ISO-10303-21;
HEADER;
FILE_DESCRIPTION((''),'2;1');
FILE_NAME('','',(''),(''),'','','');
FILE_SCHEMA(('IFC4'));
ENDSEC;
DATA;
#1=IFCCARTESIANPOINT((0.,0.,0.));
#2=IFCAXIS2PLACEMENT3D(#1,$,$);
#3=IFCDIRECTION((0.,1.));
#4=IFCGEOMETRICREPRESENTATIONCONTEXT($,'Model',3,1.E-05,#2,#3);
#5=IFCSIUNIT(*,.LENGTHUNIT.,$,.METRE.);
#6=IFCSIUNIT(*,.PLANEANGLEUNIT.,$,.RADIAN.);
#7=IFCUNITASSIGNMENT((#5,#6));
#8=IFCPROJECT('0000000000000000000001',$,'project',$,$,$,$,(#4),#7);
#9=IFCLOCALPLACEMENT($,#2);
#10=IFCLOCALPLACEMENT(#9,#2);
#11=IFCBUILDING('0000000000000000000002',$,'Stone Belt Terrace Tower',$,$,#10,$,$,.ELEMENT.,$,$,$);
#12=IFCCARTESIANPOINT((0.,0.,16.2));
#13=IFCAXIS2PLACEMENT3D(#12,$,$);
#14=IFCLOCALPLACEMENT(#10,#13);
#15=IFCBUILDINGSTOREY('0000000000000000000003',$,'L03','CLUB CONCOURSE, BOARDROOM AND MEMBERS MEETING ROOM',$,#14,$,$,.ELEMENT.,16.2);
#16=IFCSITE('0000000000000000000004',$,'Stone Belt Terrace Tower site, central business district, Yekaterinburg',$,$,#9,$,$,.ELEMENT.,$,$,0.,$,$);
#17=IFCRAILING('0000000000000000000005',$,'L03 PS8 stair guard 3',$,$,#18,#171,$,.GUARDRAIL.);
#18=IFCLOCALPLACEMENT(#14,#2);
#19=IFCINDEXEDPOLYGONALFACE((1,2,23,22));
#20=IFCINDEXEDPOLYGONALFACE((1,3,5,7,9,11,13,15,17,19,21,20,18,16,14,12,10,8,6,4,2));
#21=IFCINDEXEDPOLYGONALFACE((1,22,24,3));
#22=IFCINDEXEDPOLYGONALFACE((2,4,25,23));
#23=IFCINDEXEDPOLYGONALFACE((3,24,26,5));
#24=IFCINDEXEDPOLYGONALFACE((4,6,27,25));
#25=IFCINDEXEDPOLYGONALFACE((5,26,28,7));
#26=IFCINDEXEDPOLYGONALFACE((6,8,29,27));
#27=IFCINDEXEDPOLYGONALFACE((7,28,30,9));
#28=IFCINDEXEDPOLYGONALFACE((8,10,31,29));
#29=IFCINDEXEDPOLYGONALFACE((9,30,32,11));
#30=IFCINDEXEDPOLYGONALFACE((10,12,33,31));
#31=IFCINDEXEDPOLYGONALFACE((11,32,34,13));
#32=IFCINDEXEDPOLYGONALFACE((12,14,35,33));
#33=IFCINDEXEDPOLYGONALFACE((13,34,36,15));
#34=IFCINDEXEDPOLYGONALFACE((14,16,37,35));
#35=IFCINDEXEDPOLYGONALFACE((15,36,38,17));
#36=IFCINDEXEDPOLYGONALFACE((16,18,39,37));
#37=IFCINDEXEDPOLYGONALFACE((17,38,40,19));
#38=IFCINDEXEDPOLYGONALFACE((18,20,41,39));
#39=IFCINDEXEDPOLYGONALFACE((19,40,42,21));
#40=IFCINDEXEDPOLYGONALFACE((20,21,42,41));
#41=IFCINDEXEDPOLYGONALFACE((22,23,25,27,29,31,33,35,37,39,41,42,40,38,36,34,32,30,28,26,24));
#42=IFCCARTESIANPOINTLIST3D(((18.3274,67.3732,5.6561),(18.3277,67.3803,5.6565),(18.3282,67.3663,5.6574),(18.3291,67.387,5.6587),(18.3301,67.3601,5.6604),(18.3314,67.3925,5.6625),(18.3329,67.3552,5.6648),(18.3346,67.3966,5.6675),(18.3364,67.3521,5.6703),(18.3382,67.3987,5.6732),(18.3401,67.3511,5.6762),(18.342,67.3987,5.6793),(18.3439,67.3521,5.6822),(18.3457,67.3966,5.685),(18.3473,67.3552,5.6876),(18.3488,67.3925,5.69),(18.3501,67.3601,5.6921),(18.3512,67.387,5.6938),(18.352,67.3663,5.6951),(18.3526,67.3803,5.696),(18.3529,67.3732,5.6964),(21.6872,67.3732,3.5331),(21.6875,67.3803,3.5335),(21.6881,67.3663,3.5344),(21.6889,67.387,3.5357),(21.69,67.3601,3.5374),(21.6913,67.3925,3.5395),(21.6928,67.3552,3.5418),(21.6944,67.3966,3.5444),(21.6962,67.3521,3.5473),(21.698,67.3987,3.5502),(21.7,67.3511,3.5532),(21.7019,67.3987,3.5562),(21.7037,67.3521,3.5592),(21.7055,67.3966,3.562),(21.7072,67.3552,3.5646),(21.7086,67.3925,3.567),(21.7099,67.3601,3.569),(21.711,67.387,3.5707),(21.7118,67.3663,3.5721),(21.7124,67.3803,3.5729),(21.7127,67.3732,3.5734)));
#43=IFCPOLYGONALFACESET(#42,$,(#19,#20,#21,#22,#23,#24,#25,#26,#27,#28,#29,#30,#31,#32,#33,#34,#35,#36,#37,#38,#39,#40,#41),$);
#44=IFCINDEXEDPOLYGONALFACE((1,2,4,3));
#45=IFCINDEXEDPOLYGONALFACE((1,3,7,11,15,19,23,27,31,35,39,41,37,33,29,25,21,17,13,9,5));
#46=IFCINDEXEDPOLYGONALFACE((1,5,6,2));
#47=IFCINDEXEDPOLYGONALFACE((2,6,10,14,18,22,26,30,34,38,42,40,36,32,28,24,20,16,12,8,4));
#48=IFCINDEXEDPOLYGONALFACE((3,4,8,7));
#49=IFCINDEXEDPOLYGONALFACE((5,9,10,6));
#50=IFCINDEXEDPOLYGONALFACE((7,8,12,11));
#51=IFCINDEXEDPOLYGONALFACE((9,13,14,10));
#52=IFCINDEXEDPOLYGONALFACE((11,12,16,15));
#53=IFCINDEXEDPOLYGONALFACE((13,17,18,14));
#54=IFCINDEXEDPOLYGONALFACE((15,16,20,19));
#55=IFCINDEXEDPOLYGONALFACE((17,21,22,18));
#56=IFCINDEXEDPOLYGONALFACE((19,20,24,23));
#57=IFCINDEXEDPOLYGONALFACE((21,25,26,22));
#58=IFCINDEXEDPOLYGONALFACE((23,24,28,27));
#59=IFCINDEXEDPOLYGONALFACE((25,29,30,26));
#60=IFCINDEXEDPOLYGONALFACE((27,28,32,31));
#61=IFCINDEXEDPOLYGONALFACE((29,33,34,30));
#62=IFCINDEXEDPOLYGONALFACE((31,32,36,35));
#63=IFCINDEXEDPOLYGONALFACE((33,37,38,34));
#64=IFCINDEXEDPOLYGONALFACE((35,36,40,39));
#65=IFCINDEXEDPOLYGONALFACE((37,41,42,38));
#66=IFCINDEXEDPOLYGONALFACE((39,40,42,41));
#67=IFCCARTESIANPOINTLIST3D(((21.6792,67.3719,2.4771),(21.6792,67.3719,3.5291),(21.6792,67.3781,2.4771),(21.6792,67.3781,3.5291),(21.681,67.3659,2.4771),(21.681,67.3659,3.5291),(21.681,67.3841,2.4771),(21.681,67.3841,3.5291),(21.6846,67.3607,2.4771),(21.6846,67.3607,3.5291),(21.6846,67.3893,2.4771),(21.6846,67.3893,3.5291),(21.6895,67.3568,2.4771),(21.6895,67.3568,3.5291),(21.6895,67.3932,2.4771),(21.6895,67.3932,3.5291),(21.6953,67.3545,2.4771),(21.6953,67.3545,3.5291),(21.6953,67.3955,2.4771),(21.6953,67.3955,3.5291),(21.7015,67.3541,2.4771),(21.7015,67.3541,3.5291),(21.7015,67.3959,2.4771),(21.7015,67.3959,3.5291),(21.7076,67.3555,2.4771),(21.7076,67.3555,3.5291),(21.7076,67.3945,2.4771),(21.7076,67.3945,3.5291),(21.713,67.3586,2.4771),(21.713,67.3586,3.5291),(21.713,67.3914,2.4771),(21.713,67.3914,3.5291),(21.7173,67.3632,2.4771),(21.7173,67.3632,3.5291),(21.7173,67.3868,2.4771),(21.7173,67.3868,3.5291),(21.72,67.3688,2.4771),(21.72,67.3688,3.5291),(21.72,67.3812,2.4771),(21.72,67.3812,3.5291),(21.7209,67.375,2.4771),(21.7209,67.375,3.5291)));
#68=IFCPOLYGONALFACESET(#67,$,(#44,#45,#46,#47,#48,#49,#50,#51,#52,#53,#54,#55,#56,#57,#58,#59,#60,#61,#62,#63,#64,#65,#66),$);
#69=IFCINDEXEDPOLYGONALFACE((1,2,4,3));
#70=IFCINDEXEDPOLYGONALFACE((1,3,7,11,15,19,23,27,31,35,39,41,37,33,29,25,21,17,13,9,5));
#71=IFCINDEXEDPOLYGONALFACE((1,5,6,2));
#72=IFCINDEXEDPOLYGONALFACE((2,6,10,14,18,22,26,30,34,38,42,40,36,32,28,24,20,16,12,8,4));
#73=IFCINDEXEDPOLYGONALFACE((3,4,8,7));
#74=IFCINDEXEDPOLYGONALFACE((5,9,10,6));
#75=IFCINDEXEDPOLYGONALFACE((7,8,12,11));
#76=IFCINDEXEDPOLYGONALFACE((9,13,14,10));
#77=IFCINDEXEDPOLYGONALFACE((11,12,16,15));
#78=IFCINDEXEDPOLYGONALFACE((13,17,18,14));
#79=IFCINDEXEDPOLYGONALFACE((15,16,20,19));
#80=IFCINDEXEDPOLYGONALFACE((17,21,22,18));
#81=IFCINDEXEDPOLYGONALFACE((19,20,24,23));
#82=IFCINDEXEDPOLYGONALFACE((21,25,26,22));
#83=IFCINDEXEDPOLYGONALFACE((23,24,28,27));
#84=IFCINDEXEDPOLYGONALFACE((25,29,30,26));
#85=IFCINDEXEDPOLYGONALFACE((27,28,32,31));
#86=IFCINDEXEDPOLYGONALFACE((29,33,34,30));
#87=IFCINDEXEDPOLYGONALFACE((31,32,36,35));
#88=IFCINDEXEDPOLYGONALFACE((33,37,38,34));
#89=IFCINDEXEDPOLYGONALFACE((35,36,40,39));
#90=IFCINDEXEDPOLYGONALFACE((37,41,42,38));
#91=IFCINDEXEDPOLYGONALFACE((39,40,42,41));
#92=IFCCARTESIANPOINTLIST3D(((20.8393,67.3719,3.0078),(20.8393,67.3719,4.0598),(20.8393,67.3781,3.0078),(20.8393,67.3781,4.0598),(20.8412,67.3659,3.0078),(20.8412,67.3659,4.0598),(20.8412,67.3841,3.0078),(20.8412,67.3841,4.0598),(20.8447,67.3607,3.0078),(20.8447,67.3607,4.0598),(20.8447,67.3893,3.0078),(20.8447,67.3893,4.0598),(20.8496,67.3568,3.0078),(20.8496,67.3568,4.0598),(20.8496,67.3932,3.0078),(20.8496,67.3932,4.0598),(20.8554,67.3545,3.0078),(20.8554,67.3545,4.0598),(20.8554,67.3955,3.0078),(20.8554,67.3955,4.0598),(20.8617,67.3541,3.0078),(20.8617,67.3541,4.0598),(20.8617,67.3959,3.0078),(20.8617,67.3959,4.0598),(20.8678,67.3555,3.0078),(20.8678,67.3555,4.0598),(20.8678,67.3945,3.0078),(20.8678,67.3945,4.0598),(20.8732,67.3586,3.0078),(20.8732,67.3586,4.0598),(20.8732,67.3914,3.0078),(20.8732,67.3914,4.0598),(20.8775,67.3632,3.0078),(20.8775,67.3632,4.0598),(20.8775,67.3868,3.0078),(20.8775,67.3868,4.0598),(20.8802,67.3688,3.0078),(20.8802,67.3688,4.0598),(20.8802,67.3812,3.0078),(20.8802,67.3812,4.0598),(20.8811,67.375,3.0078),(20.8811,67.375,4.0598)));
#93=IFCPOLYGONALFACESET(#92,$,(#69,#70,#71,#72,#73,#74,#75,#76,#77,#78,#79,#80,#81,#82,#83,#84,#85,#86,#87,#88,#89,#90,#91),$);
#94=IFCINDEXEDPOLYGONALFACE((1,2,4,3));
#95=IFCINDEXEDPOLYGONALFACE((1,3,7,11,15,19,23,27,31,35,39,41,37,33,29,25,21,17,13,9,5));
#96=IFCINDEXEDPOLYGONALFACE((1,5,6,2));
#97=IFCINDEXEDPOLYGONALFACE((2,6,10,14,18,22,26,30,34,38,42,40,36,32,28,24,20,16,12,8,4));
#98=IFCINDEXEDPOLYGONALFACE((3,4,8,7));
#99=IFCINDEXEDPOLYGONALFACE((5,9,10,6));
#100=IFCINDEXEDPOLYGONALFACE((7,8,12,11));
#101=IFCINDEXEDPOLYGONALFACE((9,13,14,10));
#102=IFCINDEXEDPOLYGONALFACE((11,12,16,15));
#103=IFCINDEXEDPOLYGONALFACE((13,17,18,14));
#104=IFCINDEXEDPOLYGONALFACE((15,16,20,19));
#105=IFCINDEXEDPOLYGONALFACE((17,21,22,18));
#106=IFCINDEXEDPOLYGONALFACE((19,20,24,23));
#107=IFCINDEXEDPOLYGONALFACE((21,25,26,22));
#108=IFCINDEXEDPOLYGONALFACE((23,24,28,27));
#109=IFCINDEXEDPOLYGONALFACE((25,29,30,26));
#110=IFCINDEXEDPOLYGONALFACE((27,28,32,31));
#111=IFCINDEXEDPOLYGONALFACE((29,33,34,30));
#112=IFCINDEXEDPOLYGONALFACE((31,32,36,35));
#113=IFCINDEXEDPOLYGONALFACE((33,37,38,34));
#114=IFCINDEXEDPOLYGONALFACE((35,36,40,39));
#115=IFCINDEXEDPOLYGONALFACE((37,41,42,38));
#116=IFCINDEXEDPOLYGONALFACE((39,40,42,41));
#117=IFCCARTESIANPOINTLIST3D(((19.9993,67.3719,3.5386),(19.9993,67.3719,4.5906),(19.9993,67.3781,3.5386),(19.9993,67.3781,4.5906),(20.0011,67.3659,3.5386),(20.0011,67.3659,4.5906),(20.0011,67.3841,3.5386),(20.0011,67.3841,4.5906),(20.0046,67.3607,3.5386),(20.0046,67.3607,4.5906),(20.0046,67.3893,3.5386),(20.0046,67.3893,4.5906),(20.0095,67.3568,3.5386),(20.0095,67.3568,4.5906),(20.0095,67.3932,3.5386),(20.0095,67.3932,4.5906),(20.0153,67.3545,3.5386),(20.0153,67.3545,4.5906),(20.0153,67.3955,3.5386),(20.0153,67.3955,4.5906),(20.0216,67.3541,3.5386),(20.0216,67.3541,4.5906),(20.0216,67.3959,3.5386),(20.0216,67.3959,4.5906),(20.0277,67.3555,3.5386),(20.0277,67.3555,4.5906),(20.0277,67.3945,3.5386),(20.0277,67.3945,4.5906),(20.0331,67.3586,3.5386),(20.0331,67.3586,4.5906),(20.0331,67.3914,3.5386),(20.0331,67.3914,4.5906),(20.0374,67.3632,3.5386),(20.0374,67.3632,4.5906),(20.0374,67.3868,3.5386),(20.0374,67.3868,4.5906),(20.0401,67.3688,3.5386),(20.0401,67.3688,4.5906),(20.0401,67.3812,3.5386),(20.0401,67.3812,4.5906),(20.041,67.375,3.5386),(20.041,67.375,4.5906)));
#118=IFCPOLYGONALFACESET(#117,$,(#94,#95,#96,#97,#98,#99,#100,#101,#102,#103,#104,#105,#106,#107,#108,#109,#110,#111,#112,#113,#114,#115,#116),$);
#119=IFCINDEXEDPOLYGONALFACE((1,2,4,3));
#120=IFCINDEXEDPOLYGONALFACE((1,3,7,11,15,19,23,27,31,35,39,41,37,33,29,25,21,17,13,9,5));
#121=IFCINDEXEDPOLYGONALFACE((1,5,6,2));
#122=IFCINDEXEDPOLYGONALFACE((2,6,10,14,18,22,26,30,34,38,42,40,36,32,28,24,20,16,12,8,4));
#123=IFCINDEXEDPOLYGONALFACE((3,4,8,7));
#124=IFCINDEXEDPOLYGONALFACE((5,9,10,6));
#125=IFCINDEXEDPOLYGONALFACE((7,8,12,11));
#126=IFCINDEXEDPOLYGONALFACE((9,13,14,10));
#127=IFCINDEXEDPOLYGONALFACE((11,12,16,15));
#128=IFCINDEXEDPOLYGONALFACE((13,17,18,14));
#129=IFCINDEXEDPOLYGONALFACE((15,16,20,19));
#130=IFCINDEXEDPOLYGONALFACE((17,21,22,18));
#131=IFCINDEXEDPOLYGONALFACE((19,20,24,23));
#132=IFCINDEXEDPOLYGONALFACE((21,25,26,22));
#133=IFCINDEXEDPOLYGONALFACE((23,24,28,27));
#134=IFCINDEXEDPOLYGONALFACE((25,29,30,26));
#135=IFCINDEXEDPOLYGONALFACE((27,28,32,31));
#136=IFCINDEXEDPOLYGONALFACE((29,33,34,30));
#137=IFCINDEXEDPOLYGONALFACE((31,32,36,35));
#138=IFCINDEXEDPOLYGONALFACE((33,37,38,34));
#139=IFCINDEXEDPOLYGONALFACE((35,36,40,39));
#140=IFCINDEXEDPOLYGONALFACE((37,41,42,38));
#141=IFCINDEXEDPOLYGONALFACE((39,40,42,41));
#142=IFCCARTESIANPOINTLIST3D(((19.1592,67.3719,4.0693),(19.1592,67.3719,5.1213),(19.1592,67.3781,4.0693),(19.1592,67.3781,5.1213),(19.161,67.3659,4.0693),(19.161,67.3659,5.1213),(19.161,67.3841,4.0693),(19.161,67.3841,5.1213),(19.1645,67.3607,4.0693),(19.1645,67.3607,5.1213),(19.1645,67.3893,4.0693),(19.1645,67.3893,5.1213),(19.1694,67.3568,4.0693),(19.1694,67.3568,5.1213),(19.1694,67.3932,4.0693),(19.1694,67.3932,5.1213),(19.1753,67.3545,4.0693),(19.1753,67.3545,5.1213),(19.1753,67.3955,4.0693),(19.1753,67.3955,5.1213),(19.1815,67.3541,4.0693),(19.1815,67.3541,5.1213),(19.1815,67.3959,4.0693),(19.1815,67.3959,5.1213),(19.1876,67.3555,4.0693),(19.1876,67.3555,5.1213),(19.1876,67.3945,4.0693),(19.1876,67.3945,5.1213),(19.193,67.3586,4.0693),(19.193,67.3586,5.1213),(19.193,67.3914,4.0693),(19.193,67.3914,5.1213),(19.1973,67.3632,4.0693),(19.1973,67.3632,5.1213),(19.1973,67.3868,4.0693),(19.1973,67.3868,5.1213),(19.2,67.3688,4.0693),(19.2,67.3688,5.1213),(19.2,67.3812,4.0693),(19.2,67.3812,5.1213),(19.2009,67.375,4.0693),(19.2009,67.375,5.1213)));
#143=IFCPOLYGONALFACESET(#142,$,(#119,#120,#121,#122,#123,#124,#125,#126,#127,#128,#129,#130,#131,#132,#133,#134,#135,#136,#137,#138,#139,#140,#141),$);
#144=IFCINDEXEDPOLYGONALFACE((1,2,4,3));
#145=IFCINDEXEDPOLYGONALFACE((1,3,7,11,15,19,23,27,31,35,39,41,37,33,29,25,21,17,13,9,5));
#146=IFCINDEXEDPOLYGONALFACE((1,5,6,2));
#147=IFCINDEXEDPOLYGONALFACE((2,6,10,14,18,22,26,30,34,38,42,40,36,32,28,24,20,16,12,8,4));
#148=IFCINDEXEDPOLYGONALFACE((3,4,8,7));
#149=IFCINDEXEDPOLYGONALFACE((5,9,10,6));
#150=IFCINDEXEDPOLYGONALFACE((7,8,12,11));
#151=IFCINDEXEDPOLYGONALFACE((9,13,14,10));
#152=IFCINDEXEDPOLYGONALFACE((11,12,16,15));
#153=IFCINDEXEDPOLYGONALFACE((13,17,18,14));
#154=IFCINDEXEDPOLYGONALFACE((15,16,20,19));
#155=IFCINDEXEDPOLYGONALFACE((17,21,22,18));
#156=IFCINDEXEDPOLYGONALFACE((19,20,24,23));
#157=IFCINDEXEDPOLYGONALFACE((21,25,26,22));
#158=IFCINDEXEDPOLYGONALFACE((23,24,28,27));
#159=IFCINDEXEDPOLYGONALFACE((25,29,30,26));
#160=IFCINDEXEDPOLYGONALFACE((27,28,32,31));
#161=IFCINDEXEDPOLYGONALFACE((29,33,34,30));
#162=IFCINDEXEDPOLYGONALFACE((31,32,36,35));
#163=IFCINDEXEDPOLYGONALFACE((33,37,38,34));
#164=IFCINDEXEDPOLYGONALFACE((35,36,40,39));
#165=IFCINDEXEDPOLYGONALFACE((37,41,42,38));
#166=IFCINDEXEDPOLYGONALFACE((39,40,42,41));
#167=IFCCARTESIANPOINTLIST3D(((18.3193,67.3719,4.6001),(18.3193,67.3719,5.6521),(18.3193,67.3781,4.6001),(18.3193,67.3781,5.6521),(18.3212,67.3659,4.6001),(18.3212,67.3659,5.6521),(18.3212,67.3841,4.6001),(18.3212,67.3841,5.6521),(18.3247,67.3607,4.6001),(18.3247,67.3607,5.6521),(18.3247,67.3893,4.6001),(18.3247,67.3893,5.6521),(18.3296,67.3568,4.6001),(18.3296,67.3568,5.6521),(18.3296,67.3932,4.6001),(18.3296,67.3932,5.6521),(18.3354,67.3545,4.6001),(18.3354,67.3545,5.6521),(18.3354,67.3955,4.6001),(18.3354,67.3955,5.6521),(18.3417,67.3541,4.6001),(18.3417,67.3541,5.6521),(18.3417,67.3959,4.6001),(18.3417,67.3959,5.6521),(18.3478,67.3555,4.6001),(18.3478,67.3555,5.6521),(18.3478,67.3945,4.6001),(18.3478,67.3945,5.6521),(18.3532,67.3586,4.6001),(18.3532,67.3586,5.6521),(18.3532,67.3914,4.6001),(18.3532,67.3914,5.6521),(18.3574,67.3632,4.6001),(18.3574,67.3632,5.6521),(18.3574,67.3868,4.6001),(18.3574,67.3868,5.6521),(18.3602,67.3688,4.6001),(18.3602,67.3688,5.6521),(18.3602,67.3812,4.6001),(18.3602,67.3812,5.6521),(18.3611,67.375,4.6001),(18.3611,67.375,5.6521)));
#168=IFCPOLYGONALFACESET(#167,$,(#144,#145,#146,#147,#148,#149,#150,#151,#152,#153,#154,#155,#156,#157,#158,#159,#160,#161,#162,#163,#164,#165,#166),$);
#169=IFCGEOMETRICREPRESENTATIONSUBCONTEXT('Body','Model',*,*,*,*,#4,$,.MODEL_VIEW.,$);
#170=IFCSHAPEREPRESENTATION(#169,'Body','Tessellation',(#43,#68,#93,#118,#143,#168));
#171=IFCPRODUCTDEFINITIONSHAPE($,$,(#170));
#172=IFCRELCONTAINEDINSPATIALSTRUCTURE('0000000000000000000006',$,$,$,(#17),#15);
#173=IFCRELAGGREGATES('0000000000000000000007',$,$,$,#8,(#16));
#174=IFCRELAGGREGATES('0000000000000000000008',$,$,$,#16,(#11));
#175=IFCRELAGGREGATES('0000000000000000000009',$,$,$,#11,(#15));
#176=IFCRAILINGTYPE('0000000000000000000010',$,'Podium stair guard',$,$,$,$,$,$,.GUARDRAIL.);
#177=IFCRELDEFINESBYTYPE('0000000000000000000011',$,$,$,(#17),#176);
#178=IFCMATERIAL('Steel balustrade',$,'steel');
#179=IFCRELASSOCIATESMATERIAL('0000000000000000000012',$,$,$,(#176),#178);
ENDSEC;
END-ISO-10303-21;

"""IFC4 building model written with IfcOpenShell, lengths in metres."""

from ifc_helpers import new_model, si_unit, direction, frame, origin, origin_2d, place, context, subcontext, project, spatial, circle, extrude, material, type_object, element, save


model = new_model("IFC4")

# Units and contexts
model_context = context("Model", 3, precision=1e-05, world=origin(), true_north=direction((0.0, 1.0)))
body_context = subcontext(model_context, "Body", "Model", "MODEL_VIEW")
ifc_project = project(units=[si_unit("LENGTHUNIT", "METRE"), si_unit("PLANEANGLEUNIT", "RADIAN")], contexts=[model_context])

# Site, building, storey
site_placement = place(None, origin())
site = spatial("IfcSite", under=ifc_project, at=site_placement, Name="Stone Belt Terrace Tower site, central business district, Yekaterinburg", CompositionType="ELEMENT", RefElevation=0.0)
building_placement = place(site_placement, origin())
building = spatial("IfcBuilding", under=site, at=building_placement, Name="Stone Belt Terrace Tower", CompositionType="ELEMENT")
storey_placement = place(building_placement, frame((0.0, 0.0, 16.2)))
storey = spatial("IfcBuildingStorey", under=building, at=storey_placement, Name="L03", Description="CLUB CONCOURSE, BOARDROOM AND MEMBERS MEETING ROOM", CompositionType="ELEMENT", Elevation=16.2)

# Railing
ifc_material_1 = material(Name="Steel balustrade", Category="steel")
railing_type_1 = type_object("IfcRailingType", Name="Podium stair guard", PredefinedType="GUARDRAIL", material=ifc_material_1)
railing_1_placement = place(storey_placement, frame((21.7, 67.375, 2.4771)))
element("IfcRailing", 1, at=railing_1_placement, inside=storey, type_object=railing_type_1, Name="L03 PS8 stair guard 3", PredefinedType="GUARDRAIL", context=body_context, shape_type="SweptSolid", body=[
    extrude(circle(Radius=0.0239, at=origin_2d()), frame((0.0, 0.0, 1.0762), z_axis=(-0.845372, 0.0, 0.534178), x_axis=(0.0, -1.0, 0.0)), (0.0, 0.0, 1.0), 3.9744),
    extrude(circle(Radius=0.021, at=origin_2d()), origin(), (0.0, 0.0, 1.0), 1.052),
    extrude(circle(Radius=0.021, at=origin_2d()), frame((-0.8398, 0.0, 0.5308)), (0.0, 0.0, 1.0), 1.052),
    extrude(circle(Radius=0.021, at=origin_2d()), frame((-1.6799, 0.0, 1.0615)), (0.0, 0.0, 1.0), 1.052),
    extrude(circle(Radius=0.021, at=origin_2d()), frame((-2.52, 0.0, 1.5923)), (0.0, 0.0, 1.0), 1.052),
    extrude(circle(Radius=0.021, at=origin_2d()), frame((-3.3599, 0.0, 2.123)), (0.0, 0.0, 1.0), 1.052),
])

save(model, "model.ifc")
